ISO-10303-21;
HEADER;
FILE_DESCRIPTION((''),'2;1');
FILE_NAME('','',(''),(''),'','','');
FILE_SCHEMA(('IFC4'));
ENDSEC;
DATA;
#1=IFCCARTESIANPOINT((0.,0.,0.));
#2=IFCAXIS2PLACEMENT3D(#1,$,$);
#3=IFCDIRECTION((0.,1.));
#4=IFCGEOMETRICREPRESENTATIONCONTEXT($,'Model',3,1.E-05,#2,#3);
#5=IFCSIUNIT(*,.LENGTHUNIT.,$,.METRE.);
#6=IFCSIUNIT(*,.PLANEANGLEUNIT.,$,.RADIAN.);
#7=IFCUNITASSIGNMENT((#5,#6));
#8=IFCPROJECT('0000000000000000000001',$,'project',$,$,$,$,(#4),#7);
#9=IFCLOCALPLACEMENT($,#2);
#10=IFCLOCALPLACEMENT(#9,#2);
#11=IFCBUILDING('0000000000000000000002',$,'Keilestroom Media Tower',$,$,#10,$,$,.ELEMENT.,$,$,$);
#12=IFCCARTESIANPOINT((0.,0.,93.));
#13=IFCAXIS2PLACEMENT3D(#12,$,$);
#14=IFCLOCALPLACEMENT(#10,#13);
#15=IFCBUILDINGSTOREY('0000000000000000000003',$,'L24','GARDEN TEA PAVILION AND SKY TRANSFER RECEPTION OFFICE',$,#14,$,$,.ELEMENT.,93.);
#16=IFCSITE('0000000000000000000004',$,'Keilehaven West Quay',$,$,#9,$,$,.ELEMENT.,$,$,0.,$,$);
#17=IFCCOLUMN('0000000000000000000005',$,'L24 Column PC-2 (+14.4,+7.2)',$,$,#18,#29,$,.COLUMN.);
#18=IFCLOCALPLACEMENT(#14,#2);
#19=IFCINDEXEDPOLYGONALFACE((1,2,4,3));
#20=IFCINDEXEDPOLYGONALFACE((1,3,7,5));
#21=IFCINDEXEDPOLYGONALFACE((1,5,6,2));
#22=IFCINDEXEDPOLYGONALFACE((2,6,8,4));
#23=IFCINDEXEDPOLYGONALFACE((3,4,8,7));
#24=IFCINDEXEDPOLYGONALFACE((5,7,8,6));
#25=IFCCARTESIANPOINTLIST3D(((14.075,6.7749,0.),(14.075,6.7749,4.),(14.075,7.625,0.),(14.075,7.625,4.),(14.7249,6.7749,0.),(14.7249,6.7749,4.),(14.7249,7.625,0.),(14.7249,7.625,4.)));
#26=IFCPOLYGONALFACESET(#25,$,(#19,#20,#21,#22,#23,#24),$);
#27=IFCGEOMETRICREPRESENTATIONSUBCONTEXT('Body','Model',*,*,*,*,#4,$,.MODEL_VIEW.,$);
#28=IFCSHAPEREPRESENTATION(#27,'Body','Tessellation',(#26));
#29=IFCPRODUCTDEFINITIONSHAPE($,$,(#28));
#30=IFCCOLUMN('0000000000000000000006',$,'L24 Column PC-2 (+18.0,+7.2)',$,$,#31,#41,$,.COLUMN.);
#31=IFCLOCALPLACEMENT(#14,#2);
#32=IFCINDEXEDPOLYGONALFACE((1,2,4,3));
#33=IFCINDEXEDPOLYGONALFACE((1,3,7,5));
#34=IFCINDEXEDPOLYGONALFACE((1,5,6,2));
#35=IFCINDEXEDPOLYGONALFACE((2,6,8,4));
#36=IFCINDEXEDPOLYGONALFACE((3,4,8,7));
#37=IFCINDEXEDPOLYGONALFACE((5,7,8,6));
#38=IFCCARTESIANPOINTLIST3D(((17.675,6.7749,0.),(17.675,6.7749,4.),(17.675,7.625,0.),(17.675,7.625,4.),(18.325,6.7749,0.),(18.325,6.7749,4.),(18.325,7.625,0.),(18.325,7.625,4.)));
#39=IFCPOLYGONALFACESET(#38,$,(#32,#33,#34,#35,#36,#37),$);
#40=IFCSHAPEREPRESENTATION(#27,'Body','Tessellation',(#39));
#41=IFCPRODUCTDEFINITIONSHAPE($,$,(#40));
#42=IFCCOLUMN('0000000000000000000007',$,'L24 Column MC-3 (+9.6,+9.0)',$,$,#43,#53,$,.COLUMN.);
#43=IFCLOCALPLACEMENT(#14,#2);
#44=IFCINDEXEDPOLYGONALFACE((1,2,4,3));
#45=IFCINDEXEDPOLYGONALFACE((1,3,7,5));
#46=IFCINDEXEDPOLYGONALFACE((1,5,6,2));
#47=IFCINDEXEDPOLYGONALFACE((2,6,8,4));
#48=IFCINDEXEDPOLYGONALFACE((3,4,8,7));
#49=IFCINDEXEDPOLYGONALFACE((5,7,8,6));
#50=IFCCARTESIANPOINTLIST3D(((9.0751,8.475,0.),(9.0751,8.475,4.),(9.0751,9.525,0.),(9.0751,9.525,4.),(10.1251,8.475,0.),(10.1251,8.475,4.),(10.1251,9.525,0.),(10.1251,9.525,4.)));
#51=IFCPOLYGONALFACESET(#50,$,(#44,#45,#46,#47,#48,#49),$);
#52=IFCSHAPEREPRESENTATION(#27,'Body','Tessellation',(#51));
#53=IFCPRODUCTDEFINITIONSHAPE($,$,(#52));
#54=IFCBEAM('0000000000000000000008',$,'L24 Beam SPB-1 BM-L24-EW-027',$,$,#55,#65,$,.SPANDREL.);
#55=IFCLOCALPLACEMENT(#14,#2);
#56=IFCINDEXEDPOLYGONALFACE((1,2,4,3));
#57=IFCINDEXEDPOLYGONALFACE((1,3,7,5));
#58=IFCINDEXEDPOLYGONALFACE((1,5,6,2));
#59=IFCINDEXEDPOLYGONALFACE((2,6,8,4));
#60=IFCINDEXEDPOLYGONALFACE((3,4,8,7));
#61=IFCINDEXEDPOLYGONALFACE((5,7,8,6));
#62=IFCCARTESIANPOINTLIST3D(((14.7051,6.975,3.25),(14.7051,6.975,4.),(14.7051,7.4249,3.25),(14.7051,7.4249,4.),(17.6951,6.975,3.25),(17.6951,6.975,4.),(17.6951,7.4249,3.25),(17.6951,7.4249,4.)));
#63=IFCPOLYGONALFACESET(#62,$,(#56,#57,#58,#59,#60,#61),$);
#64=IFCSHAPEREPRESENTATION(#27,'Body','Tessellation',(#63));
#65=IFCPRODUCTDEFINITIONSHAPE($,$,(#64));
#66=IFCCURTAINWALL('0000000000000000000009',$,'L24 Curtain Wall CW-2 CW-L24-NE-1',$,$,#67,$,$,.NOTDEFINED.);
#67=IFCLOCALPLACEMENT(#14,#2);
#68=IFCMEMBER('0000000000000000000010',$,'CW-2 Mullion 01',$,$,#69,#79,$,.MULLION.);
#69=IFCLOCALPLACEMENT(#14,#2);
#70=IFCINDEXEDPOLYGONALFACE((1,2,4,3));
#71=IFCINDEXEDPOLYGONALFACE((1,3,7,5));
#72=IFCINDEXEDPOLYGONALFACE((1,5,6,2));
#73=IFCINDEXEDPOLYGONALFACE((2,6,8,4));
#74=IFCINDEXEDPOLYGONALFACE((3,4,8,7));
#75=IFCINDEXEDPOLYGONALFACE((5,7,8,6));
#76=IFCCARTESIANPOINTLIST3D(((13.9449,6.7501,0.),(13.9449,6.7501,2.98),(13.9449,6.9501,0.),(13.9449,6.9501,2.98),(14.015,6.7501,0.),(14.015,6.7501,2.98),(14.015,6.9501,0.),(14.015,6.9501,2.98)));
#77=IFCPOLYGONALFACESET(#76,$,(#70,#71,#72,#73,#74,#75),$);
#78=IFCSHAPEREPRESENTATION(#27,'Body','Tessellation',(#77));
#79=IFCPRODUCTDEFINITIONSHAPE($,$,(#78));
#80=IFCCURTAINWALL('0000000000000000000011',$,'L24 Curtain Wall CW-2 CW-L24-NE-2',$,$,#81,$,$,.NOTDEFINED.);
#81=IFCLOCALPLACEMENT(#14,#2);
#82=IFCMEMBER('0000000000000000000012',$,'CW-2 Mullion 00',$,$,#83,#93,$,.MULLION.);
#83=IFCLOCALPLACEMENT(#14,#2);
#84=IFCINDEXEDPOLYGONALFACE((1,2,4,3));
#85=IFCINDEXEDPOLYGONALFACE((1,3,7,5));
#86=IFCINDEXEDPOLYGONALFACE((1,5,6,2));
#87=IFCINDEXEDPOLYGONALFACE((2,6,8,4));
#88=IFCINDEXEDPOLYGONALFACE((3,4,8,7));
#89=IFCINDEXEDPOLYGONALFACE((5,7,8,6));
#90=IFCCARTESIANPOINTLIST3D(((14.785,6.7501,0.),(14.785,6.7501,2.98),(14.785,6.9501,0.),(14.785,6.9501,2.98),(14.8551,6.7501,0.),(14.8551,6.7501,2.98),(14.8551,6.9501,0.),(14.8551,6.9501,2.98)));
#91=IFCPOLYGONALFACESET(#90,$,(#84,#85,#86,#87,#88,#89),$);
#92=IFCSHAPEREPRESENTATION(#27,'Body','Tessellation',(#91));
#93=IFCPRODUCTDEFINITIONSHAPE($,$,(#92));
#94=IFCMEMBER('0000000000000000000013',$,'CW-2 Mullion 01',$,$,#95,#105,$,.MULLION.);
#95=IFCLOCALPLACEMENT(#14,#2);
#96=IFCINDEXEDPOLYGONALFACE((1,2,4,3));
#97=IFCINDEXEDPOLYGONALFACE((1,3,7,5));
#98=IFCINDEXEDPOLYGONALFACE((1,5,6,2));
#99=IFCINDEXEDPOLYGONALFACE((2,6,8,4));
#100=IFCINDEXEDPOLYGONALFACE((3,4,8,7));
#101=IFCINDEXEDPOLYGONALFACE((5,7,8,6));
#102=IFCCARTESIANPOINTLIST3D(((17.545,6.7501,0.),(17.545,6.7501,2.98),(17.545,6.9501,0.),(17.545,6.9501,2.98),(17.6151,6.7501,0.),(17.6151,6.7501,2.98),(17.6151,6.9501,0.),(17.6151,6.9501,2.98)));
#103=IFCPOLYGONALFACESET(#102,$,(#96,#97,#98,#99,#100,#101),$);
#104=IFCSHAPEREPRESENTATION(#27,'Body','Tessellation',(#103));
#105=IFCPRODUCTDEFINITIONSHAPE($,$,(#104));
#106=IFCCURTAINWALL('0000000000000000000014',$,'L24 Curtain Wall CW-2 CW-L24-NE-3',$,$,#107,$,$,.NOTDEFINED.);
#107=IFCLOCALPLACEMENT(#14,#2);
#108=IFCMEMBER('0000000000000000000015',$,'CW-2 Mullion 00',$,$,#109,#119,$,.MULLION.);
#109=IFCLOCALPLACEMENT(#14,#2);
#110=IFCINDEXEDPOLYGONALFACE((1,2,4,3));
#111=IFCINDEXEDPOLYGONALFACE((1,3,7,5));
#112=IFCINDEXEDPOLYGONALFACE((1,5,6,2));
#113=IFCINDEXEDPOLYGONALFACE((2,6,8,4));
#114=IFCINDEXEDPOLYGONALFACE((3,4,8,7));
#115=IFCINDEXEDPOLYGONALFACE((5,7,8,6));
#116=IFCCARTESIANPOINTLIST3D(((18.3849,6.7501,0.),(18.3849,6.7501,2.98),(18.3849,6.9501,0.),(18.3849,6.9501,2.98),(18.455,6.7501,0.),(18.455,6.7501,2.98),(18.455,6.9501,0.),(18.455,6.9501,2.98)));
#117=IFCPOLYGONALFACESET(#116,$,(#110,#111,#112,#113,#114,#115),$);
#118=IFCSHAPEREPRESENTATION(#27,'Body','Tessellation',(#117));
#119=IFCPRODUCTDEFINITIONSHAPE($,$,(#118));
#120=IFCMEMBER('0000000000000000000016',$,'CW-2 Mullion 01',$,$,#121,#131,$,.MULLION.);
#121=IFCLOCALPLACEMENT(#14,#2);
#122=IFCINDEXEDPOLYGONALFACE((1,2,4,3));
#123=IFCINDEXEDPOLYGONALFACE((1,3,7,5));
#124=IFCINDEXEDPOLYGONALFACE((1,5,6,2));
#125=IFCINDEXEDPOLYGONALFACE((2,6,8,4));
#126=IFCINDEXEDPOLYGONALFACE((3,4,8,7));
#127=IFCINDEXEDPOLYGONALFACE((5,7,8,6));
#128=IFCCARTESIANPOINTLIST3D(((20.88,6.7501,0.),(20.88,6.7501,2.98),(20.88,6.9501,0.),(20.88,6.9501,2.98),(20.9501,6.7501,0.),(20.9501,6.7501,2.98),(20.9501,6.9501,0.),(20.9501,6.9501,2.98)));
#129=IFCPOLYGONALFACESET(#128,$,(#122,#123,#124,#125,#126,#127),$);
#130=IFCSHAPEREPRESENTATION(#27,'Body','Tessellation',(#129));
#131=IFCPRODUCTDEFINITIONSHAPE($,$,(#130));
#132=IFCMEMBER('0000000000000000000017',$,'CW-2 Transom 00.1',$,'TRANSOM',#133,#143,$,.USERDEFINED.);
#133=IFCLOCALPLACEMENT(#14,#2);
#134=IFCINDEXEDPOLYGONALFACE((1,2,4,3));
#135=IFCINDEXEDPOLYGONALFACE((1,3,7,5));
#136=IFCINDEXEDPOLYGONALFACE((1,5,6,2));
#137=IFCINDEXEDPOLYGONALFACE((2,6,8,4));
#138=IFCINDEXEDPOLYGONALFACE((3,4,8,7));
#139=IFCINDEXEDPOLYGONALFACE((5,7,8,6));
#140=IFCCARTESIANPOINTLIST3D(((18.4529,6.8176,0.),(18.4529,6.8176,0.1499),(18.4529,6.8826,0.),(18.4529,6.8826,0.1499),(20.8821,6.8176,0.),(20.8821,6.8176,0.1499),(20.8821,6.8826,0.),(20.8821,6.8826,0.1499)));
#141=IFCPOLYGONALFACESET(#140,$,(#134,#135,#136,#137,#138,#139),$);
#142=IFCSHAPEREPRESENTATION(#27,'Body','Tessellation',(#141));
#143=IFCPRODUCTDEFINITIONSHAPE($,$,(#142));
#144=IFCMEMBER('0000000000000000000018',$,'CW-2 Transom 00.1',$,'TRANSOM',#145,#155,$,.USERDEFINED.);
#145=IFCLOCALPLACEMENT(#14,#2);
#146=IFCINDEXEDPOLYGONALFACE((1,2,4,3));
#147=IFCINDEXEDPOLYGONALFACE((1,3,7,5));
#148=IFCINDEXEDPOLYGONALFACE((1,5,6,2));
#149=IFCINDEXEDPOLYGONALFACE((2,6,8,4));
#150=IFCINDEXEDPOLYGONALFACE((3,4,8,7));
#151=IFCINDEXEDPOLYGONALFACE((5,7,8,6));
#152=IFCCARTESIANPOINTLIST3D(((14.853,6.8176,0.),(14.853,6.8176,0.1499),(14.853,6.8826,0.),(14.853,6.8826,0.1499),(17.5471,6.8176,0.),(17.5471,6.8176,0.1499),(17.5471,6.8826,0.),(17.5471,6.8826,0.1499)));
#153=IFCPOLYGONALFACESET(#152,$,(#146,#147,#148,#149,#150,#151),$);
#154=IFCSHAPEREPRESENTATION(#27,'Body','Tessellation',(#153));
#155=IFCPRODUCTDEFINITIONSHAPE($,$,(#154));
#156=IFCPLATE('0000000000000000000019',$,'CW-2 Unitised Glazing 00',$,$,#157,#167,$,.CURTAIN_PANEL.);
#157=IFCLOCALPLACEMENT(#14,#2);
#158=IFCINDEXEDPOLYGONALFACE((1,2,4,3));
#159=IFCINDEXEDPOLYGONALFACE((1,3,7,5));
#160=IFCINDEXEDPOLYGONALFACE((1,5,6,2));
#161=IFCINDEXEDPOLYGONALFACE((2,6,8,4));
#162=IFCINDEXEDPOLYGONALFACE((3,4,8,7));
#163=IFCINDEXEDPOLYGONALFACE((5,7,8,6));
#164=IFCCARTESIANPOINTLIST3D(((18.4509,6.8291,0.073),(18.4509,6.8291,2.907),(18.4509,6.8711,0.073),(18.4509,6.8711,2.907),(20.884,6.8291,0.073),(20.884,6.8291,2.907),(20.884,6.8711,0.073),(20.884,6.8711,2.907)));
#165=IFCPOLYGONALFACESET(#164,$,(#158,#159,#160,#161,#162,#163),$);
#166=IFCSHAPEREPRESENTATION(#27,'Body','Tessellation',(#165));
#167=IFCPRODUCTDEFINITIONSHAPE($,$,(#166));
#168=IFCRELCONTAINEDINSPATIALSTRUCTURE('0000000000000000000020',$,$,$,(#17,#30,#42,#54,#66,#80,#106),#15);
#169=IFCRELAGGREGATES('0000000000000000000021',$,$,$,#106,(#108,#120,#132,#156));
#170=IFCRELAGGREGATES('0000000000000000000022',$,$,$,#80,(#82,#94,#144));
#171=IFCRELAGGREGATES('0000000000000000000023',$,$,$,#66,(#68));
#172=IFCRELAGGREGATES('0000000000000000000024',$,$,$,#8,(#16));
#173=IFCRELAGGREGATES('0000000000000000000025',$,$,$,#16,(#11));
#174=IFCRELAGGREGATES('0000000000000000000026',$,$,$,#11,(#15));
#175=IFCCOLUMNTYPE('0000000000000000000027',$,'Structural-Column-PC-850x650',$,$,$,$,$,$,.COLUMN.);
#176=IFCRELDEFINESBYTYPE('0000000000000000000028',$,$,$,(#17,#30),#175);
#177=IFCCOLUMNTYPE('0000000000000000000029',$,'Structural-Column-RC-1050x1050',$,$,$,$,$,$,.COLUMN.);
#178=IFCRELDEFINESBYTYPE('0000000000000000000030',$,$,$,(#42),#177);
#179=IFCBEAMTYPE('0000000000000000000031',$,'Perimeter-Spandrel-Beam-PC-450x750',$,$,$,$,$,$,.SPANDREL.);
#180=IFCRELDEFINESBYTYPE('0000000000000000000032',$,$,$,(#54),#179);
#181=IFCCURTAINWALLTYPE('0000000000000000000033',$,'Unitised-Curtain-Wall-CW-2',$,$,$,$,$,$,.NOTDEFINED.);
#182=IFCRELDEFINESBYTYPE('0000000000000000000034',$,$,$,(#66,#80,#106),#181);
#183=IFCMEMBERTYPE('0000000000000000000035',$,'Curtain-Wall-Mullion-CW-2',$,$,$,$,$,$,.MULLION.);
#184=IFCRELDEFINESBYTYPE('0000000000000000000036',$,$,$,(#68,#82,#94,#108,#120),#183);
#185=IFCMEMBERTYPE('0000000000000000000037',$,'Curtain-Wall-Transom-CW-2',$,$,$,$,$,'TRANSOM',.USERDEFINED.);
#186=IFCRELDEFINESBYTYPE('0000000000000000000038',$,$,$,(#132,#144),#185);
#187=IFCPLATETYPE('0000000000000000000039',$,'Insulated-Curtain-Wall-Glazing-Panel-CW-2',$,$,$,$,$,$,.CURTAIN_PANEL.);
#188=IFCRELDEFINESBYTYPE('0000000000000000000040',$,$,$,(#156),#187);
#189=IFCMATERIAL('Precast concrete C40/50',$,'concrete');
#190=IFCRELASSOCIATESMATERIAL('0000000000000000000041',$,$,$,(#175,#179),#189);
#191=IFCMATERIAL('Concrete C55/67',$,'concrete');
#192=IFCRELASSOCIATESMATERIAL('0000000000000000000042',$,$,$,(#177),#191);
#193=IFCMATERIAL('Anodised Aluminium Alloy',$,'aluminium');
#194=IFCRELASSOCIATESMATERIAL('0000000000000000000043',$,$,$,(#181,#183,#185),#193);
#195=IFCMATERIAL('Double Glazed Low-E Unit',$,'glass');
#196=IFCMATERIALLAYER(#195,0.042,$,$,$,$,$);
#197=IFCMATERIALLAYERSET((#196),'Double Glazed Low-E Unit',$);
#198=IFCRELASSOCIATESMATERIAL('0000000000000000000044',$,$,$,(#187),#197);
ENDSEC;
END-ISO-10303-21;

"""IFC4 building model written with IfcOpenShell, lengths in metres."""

from ifc_helpers import new_model, si_unit, direction, frame, origin, origin_2d, place, context, subcontext, project, spatial, rectangle, extrude, source, transform, mapped, material, layer, layer_set, material_profile, profile_set, type_object, element, aggregate, save


model = new_model("IFC4")

# Units and contexts
model_context = context("Model", 3, precision=1e-05, world=origin(), true_north=direction((0.0, 1.0)))
body_context = subcontext(model_context, "Body", "Model", "MODEL_VIEW")
ifc_project = project(units=[si_unit("LENGTHUNIT", "METRE"), si_unit("PLANEANGLEUNIT", "RADIAN")], contexts=[model_context])

# Site, building, storey
site_placement = place(None, origin())
site = spatial("IfcSite", under=ifc_project, at=site_placement, Name="Keilehaven West Quay", CompositionType="ELEMENT", RefElevation=0.0)
building_placement = place(site_placement, origin())
building = spatial("IfcBuilding", under=site, at=building_placement, Name="Keilestroom Media Tower", CompositionType="ELEMENT")
storey_placement = place(building_placement, frame((0.0, 0.0, 93.0)))
storey = spatial("IfcBuildingStorey", under=building, at=storey_placement, Name="L24", Description="GARDEN TEA PAVILION AND SKY TRANSFER RECEPTION OFFICE", CompositionType="ELEMENT", Elevation=93.0)

# Columns
ifc_material_1 = material(Name="Precast concrete C40/50", Category="concrete")
ifc_material_profile_1 = material_profile(ifc_material_1, rectangle(XDim=0.6499, YDim=0.8501, at=origin_2d()), Name="PC 850x650")
ifc_profile_set_1 = profile_set([ifc_material_profile_1], Name="Precast concrete C40/50")
column_type_1 = type_object("IfcColumnType", Name="Structural-Column-PC-850x650", PredefinedType="COLUMN", material=ifc_profile_set_1)
shared_shape_1 = source(origin(), body_context, "Body", "SweptSolid", [
    extrude(rectangle(XDim=0.6499, YDim=0.8501, at=origin_2d()), origin(), (0.0, 0.0, 1.0), 4.0),
])
for number, where, z_axis, x_axis, name in (
    (1, (14.3999, 7.2, 0.0), (0.0, 0.0, 1.0), (1.0, 0.0, 0.0), "L24 Column PC-2 (+14.4,+7.2)"),
    (2, (18.0, 7.2, 0.0), (0.0, 0.0, 1.0), (1.0, 0.0, 0.0), "L24 Column PC-2 (+18.0,+7.2)"),
):
    element("IfcColumn", number, at=place(storey_placement, frame(where, z_axis=z_axis, x_axis=x_axis)), inside=storey, type_object=column_type_1, Name=name, PredefinedType="COLUMN", context=body_context, shape_type="MappedRepresentation", body=[
        mapped(shared_shape_1, transform((0.0, 0.0, 0.0), x_axis=(1.0, 0.0, 0.0), y_axis=(0.0, 1.0, 0.0), z_axis=(0.0, 0.0, 1.0), scale=1.0)),
    ])
ifc_material_2 = material(Name="Concrete C55/67", Category="concrete")
ifc_material_profile_2 = material_profile(ifc_material_2, rectangle(XDim=1.05, YDim=1.05, at=origin_2d()), Name="RC 1050x1050")
ifc_profile_set_2 = profile_set([ifc_material_profile_2], Name="Concrete C55/67")
column_type_2 = type_object("IfcColumnType", Name="Structural-Column-RC-1050x1050", PredefinedType="COLUMN", material=ifc_profile_set_2)
shared_shape_2 = source(origin(), body_context, "Body", "SweptSolid", [
    extrude(rectangle(XDim=1.05, YDim=1.05, at=origin_2d()), origin(), (0.0, 0.0, 1.0), 4.0),
])
column_placement = place(storey_placement, frame((9.6001, 9.0, 0.0), z_axis=(0.0, 0.0, 1.0), x_axis=(1.0, 0.0, 0.0)))
element("IfcColumn", 3, at=column_placement, inside=storey, type_object=column_type_2, Name="L24 Column MC-3 (+9.6,+9.0)", PredefinedType="COLUMN", context=body_context, shape_type="MappedRepresentation", body=[
    mapped(shared_shape_2, transform((0.0, 0.0, 0.0), x_axis=(1.0, 0.0, 0.0), y_axis=(0.0, 1.0, 0.0), z_axis=(0.0, 0.0, 1.0), scale=1.0)),
])

# Beam
ifc_material_profile_3 = material_profile(ifc_material_1, rectangle(XDim=0.45, YDim=0.75, at=origin_2d()), Name="PC 450x750")
ifc_profile_set_3 = profile_set([ifc_material_profile_3], Name="Precast concrete C40/50")
beam_type = type_object("IfcBeamType", Name="Perimeter-Spandrel-Beam-PC-450x750", PredefinedType="SPANDREL", material=ifc_profile_set_3)
shared_shape_3 = source(origin(), body_context, "Body", "SweptSolid", [
    extrude(rectangle(XDim=0.45, YDim=0.75, at=origin_2d()), origin(), (0.0, 0.0, 1.0), 2.99),
])
beam_placement = place(storey_placement, frame((14.7051, 7.2, 3.625), z_axis=(1.0, 0.0, 0.0), x_axis=(0.0, 1.0, 0.0)))
element("IfcBeam", 4, at=beam_placement, inside=storey, type_object=beam_type, Name="L24 Beam SPB-1 BM-L24-EW-027", PredefinedType="SPANDREL", context=body_context, shape_type="MappedRepresentation", body=[
    mapped(shared_shape_3, transform((0.0, 0.0, 0.0), x_axis=(1.0, 0.0, 0.0), y_axis=(0.0, 1.0, 0.0), z_axis=(0.0, 0.0, 1.0), scale=1.0)),
])

# Curtain wall, member
ifc_material_3 = material(Name="Anodised Aluminium Alloy", Category="aluminium")
curtain_wall_type = type_object("IfcCurtainWallType", Name="Unitised-Curtain-Wall-CW-2", PredefinedType="NOTDEFINED", material=ifc_material_3)
curtain_wall_1_placement = place(storey_placement, origin())
curtain_wall_1 = element("IfcCurtainWall", 5, at=curtain_wall_1_placement, inside=storey, type_object=curtain_wall_type, Name="L24 Curtain Wall CW-2 CW-L24-NE-1", PredefinedType="NOTDEFINED")
ifc_material_profile_4 = material_profile(ifc_material_3, rectangle(XDim=0.0701, YDim=0.2, at=origin_2d()), Name="ALU MULLION 70x200")
ifc_profile_set_4 = profile_set([ifc_material_profile_4], Name="Anodised Aluminium Alloy")
member_type_1 = type_object("IfcMemberType", Name="Curtain-Wall-Mullion-CW-2", PredefinedType="MULLION", material=ifc_profile_set_4)
shared_shape_4 = source(origin(), body_context, "Body", "SweptSolid", [
    extrude(rectangle(XDim=0.0701, YDim=0.2, at=origin_2d()), origin(), (0.0, 0.0, 1.0), 2.98),
])
member_1_placement = place(storey_placement, frame((13.98, 6.8501, 0.0), z_axis=(0.0, 0.0, 1.0), x_axis=(1.0, 0.0, 0.0)))
member_1 = element("IfcMember", 6, at=member_1_placement, type_object=member_type_1, Name="CW-2 Mullion 01", PredefinedType="MULLION", context=body_context, shape_type="MappedRepresentation", body=[
    mapped(shared_shape_4, transform((0.0, 0.0, 0.0), x_axis=(1.0, 0.0, 0.0), y_axis=(0.0, 1.0, 0.0), z_axis=(0.0, 0.0, 1.0), scale=1.0)),
])

# Curtain walls, members
curtain_wall_2_placement = place(storey_placement, origin())
curtain_wall_2 = element("IfcCurtainWall", 7, at=curtain_wall_2_placement, inside=storey, type_object=curtain_wall_type, Name="L24 Curtain Wall CW-2 CW-L24-NE-2", PredefinedType="NOTDEFINED")
member_2_placement = place(storey_placement, frame((14.8201, 6.8501, 0.0), z_axis=(0.0, 0.0, 1.0), x_axis=(1.0, 0.0, 0.0)))
member_2 = element("IfcMember", 8, at=member_2_placement, type_object=member_type_1, Name="CW-2 Mullion 00", PredefinedType="MULLION", context=body_context, shape_type="MappedRepresentation", body=[
    mapped(shared_shape_4, transform((0.0, 0.0, 0.0), x_axis=(1.0, 0.0, 0.0), y_axis=(0.0, 1.0, 0.0), z_axis=(0.0, 0.0, 1.0), scale=1.0)),
])
member_3_placement = place(storey_placement, frame((17.5801, 6.8501, 0.0), z_axis=(0.0, 0.0, 1.0), x_axis=(1.0, 0.0, 0.0)))
member_3 = element("IfcMember", 9, at=member_3_placement, type_object=member_type_1, Name="CW-2 Mullion 01", PredefinedType="MULLION", context=body_context, shape_type="MappedRepresentation", body=[
    mapped(shared_shape_4, transform((0.0, 0.0, 0.0), x_axis=(1.0, 0.0, 0.0), y_axis=(0.0, 1.0, 0.0), z_axis=(0.0, 0.0, 1.0), scale=1.0)),
])
curtain_wall_3_placement = place(storey_placement, origin())
curtain_wall_3 = element("IfcCurtainWall", 10, at=curtain_wall_3_placement, inside=storey, type_object=curtain_wall_type, Name="L24 Curtain Wall CW-2 CW-L24-NE-3", PredefinedType="NOTDEFINED")
member_4_placement = place(storey_placement, frame((18.4199, 6.8501, 0.0), z_axis=(0.0, 0.0, 1.0), x_axis=(1.0, 0.0, 0.0)))
member_4 = element("IfcMember", 11, at=member_4_placement, type_object=member_type_1, Name="CW-2 Mullion 00", PredefinedType="MULLION", context=body_context, shape_type="MappedRepresentation", body=[
    mapped(shared_shape_4, transform((0.0, 0.0, 0.0), x_axis=(1.0, 0.0, 0.0), y_axis=(0.0, 1.0, 0.0), z_axis=(0.0, 0.0, 1.0), scale=1.0)),
])
member_5_placement = place(storey_placement, frame((20.915, 6.8501, 0.0), z_axis=(0.0, 0.0, 1.0), x_axis=(1.0, 0.0, 0.0)))
member_5 = element("IfcMember", 12, at=member_5_placement, type_object=member_type_1, Name="CW-2 Mullion 01", PredefinedType="MULLION", context=body_context, shape_type="MappedRepresentation", body=[
    mapped(shared_shape_4, transform((0.0, 0.0, 0.0), x_axis=(1.0, 0.0, 0.0), y_axis=(0.0, 1.0, 0.0), z_axis=(0.0, 0.0, 1.0), scale=1.0)),
])
ifc_material_profile_5 = material_profile(ifc_material_3, rectangle(XDim=0.0649, YDim=0.1499, at=origin_2d()), Name="ALU TRANSOM 65x150")
ifc_profile_set_5 = profile_set([ifc_material_profile_5], Name="Anodised Aluminium Alloy")
member_type_2 = type_object("IfcMemberType", Name="Curtain-Wall-Transom-CW-2", ElementType="TRANSOM", PredefinedType="USERDEFINED", material=ifc_profile_set_5)
shared_shape_5 = source(origin(), body_context, "Body", "SweptSolid", [
    extrude(rectangle(XDim=0.0649, YDim=0.1499, at=origin_2d()), origin(), (0.0, 0.0, 1.0), 2.4292),
])
member_6_placement = place(storey_placement, frame((18.4529, 6.8501, 0.075), z_axis=(1.0, 0.0, 0.0), x_axis=(0.0, 1.0, 0.0)))
member_6 = element("IfcMember", 13, at=member_6_placement, type_object=member_type_2, Name="CW-2 Transom 00.1", ObjectType="TRANSOM", PredefinedType="USERDEFINED", context=body_context, shape_type="MappedRepresentation", body=[
    mapped(shared_shape_5, transform((0.0, 0.0, 0.0), x_axis=(1.0, 0.0, 0.0), y_axis=(0.0, 1.0, 0.0), z_axis=(0.0, 0.0, 1.0), scale=1.0)),
])

# Member
shared_shape_6 = source(origin(), body_context, "Body", "SweptSolid", [
    extrude(rectangle(XDim=0.0649, YDim=0.1499, at=origin_2d()), origin(), (0.0, 0.0, 1.0), 2.6941),
])
member_7_placement = place(storey_placement, frame((14.853, 6.8501, 0.075), z_axis=(1.0, 0.0, 0.0), x_axis=(0.0, 1.0, 0.0)))
member_7 = element("IfcMember", 14, at=member_7_placement, type_object=member_type_2, Name="CW-2 Transom 00.1", ObjectType="TRANSOM", PredefinedType="USERDEFINED", context=body_context, shape_type="MappedRepresentation", body=[
    mapped(shared_shape_6, transform((0.0, 0.0, 0.0), x_axis=(1.0, 0.0, 0.0), y_axis=(0.0, 1.0, 0.0), z_axis=(0.0, 0.0, 1.0), scale=1.0)),
])

# Plate
ifc_material_4 = material(Name="Double Glazed Low-E Unit", Category="glass")
ifc_layer_1 = layer(ifc_material_4, 0.042)
ifc_layer_set_1 = layer_set([ifc_layer_1], Name="Double Glazed Low-E Unit")
plate_type = type_object("IfcPlateType", Name="Insulated-Curtain-Wall-Glazing-Panel-CW-2", PredefinedType="CURTAIN_PANEL", material=ifc_layer_set_1)
shared_shape_7 = source(origin(), body_context, "Body", "SweptSolid", [
    extrude(rectangle(XDim=2.4331, YDim=0.042, at=origin_2d()), origin(), (0.0, 0.0, 1.0), 2.834),
])
plate_1_placement = place(storey_placement, frame((19.6675, 6.8501, 0.073), z_axis=(0.0, 0.0, 1.0), x_axis=(1.0, 0.0, 0.0)))
plate_1 = element("IfcPlate", 15, at=plate_1_placement, type_object=plate_type, Name="CW-2 Unitised Glazing 00", PredefinedType="CURTAIN_PANEL", context=body_context, shape_type="MappedRepresentation", body=[
    mapped(shared_shape_7, transform((0.0, 0.0, 0.0), x_axis=(1.0, 0.0, 0.0), y_axis=(0.0, 1.0, 0.0), z_axis=(0.0, 0.0, 1.0), scale=1.0)),
])
aggregate(curtain_wall_3, [member_4, member_5, member_6, plate_1])
aggregate(curtain_wall_2, [member_2, member_3, member_7])
aggregate(curtain_wall_1, [member_1])

save(model, "model.ifc")
